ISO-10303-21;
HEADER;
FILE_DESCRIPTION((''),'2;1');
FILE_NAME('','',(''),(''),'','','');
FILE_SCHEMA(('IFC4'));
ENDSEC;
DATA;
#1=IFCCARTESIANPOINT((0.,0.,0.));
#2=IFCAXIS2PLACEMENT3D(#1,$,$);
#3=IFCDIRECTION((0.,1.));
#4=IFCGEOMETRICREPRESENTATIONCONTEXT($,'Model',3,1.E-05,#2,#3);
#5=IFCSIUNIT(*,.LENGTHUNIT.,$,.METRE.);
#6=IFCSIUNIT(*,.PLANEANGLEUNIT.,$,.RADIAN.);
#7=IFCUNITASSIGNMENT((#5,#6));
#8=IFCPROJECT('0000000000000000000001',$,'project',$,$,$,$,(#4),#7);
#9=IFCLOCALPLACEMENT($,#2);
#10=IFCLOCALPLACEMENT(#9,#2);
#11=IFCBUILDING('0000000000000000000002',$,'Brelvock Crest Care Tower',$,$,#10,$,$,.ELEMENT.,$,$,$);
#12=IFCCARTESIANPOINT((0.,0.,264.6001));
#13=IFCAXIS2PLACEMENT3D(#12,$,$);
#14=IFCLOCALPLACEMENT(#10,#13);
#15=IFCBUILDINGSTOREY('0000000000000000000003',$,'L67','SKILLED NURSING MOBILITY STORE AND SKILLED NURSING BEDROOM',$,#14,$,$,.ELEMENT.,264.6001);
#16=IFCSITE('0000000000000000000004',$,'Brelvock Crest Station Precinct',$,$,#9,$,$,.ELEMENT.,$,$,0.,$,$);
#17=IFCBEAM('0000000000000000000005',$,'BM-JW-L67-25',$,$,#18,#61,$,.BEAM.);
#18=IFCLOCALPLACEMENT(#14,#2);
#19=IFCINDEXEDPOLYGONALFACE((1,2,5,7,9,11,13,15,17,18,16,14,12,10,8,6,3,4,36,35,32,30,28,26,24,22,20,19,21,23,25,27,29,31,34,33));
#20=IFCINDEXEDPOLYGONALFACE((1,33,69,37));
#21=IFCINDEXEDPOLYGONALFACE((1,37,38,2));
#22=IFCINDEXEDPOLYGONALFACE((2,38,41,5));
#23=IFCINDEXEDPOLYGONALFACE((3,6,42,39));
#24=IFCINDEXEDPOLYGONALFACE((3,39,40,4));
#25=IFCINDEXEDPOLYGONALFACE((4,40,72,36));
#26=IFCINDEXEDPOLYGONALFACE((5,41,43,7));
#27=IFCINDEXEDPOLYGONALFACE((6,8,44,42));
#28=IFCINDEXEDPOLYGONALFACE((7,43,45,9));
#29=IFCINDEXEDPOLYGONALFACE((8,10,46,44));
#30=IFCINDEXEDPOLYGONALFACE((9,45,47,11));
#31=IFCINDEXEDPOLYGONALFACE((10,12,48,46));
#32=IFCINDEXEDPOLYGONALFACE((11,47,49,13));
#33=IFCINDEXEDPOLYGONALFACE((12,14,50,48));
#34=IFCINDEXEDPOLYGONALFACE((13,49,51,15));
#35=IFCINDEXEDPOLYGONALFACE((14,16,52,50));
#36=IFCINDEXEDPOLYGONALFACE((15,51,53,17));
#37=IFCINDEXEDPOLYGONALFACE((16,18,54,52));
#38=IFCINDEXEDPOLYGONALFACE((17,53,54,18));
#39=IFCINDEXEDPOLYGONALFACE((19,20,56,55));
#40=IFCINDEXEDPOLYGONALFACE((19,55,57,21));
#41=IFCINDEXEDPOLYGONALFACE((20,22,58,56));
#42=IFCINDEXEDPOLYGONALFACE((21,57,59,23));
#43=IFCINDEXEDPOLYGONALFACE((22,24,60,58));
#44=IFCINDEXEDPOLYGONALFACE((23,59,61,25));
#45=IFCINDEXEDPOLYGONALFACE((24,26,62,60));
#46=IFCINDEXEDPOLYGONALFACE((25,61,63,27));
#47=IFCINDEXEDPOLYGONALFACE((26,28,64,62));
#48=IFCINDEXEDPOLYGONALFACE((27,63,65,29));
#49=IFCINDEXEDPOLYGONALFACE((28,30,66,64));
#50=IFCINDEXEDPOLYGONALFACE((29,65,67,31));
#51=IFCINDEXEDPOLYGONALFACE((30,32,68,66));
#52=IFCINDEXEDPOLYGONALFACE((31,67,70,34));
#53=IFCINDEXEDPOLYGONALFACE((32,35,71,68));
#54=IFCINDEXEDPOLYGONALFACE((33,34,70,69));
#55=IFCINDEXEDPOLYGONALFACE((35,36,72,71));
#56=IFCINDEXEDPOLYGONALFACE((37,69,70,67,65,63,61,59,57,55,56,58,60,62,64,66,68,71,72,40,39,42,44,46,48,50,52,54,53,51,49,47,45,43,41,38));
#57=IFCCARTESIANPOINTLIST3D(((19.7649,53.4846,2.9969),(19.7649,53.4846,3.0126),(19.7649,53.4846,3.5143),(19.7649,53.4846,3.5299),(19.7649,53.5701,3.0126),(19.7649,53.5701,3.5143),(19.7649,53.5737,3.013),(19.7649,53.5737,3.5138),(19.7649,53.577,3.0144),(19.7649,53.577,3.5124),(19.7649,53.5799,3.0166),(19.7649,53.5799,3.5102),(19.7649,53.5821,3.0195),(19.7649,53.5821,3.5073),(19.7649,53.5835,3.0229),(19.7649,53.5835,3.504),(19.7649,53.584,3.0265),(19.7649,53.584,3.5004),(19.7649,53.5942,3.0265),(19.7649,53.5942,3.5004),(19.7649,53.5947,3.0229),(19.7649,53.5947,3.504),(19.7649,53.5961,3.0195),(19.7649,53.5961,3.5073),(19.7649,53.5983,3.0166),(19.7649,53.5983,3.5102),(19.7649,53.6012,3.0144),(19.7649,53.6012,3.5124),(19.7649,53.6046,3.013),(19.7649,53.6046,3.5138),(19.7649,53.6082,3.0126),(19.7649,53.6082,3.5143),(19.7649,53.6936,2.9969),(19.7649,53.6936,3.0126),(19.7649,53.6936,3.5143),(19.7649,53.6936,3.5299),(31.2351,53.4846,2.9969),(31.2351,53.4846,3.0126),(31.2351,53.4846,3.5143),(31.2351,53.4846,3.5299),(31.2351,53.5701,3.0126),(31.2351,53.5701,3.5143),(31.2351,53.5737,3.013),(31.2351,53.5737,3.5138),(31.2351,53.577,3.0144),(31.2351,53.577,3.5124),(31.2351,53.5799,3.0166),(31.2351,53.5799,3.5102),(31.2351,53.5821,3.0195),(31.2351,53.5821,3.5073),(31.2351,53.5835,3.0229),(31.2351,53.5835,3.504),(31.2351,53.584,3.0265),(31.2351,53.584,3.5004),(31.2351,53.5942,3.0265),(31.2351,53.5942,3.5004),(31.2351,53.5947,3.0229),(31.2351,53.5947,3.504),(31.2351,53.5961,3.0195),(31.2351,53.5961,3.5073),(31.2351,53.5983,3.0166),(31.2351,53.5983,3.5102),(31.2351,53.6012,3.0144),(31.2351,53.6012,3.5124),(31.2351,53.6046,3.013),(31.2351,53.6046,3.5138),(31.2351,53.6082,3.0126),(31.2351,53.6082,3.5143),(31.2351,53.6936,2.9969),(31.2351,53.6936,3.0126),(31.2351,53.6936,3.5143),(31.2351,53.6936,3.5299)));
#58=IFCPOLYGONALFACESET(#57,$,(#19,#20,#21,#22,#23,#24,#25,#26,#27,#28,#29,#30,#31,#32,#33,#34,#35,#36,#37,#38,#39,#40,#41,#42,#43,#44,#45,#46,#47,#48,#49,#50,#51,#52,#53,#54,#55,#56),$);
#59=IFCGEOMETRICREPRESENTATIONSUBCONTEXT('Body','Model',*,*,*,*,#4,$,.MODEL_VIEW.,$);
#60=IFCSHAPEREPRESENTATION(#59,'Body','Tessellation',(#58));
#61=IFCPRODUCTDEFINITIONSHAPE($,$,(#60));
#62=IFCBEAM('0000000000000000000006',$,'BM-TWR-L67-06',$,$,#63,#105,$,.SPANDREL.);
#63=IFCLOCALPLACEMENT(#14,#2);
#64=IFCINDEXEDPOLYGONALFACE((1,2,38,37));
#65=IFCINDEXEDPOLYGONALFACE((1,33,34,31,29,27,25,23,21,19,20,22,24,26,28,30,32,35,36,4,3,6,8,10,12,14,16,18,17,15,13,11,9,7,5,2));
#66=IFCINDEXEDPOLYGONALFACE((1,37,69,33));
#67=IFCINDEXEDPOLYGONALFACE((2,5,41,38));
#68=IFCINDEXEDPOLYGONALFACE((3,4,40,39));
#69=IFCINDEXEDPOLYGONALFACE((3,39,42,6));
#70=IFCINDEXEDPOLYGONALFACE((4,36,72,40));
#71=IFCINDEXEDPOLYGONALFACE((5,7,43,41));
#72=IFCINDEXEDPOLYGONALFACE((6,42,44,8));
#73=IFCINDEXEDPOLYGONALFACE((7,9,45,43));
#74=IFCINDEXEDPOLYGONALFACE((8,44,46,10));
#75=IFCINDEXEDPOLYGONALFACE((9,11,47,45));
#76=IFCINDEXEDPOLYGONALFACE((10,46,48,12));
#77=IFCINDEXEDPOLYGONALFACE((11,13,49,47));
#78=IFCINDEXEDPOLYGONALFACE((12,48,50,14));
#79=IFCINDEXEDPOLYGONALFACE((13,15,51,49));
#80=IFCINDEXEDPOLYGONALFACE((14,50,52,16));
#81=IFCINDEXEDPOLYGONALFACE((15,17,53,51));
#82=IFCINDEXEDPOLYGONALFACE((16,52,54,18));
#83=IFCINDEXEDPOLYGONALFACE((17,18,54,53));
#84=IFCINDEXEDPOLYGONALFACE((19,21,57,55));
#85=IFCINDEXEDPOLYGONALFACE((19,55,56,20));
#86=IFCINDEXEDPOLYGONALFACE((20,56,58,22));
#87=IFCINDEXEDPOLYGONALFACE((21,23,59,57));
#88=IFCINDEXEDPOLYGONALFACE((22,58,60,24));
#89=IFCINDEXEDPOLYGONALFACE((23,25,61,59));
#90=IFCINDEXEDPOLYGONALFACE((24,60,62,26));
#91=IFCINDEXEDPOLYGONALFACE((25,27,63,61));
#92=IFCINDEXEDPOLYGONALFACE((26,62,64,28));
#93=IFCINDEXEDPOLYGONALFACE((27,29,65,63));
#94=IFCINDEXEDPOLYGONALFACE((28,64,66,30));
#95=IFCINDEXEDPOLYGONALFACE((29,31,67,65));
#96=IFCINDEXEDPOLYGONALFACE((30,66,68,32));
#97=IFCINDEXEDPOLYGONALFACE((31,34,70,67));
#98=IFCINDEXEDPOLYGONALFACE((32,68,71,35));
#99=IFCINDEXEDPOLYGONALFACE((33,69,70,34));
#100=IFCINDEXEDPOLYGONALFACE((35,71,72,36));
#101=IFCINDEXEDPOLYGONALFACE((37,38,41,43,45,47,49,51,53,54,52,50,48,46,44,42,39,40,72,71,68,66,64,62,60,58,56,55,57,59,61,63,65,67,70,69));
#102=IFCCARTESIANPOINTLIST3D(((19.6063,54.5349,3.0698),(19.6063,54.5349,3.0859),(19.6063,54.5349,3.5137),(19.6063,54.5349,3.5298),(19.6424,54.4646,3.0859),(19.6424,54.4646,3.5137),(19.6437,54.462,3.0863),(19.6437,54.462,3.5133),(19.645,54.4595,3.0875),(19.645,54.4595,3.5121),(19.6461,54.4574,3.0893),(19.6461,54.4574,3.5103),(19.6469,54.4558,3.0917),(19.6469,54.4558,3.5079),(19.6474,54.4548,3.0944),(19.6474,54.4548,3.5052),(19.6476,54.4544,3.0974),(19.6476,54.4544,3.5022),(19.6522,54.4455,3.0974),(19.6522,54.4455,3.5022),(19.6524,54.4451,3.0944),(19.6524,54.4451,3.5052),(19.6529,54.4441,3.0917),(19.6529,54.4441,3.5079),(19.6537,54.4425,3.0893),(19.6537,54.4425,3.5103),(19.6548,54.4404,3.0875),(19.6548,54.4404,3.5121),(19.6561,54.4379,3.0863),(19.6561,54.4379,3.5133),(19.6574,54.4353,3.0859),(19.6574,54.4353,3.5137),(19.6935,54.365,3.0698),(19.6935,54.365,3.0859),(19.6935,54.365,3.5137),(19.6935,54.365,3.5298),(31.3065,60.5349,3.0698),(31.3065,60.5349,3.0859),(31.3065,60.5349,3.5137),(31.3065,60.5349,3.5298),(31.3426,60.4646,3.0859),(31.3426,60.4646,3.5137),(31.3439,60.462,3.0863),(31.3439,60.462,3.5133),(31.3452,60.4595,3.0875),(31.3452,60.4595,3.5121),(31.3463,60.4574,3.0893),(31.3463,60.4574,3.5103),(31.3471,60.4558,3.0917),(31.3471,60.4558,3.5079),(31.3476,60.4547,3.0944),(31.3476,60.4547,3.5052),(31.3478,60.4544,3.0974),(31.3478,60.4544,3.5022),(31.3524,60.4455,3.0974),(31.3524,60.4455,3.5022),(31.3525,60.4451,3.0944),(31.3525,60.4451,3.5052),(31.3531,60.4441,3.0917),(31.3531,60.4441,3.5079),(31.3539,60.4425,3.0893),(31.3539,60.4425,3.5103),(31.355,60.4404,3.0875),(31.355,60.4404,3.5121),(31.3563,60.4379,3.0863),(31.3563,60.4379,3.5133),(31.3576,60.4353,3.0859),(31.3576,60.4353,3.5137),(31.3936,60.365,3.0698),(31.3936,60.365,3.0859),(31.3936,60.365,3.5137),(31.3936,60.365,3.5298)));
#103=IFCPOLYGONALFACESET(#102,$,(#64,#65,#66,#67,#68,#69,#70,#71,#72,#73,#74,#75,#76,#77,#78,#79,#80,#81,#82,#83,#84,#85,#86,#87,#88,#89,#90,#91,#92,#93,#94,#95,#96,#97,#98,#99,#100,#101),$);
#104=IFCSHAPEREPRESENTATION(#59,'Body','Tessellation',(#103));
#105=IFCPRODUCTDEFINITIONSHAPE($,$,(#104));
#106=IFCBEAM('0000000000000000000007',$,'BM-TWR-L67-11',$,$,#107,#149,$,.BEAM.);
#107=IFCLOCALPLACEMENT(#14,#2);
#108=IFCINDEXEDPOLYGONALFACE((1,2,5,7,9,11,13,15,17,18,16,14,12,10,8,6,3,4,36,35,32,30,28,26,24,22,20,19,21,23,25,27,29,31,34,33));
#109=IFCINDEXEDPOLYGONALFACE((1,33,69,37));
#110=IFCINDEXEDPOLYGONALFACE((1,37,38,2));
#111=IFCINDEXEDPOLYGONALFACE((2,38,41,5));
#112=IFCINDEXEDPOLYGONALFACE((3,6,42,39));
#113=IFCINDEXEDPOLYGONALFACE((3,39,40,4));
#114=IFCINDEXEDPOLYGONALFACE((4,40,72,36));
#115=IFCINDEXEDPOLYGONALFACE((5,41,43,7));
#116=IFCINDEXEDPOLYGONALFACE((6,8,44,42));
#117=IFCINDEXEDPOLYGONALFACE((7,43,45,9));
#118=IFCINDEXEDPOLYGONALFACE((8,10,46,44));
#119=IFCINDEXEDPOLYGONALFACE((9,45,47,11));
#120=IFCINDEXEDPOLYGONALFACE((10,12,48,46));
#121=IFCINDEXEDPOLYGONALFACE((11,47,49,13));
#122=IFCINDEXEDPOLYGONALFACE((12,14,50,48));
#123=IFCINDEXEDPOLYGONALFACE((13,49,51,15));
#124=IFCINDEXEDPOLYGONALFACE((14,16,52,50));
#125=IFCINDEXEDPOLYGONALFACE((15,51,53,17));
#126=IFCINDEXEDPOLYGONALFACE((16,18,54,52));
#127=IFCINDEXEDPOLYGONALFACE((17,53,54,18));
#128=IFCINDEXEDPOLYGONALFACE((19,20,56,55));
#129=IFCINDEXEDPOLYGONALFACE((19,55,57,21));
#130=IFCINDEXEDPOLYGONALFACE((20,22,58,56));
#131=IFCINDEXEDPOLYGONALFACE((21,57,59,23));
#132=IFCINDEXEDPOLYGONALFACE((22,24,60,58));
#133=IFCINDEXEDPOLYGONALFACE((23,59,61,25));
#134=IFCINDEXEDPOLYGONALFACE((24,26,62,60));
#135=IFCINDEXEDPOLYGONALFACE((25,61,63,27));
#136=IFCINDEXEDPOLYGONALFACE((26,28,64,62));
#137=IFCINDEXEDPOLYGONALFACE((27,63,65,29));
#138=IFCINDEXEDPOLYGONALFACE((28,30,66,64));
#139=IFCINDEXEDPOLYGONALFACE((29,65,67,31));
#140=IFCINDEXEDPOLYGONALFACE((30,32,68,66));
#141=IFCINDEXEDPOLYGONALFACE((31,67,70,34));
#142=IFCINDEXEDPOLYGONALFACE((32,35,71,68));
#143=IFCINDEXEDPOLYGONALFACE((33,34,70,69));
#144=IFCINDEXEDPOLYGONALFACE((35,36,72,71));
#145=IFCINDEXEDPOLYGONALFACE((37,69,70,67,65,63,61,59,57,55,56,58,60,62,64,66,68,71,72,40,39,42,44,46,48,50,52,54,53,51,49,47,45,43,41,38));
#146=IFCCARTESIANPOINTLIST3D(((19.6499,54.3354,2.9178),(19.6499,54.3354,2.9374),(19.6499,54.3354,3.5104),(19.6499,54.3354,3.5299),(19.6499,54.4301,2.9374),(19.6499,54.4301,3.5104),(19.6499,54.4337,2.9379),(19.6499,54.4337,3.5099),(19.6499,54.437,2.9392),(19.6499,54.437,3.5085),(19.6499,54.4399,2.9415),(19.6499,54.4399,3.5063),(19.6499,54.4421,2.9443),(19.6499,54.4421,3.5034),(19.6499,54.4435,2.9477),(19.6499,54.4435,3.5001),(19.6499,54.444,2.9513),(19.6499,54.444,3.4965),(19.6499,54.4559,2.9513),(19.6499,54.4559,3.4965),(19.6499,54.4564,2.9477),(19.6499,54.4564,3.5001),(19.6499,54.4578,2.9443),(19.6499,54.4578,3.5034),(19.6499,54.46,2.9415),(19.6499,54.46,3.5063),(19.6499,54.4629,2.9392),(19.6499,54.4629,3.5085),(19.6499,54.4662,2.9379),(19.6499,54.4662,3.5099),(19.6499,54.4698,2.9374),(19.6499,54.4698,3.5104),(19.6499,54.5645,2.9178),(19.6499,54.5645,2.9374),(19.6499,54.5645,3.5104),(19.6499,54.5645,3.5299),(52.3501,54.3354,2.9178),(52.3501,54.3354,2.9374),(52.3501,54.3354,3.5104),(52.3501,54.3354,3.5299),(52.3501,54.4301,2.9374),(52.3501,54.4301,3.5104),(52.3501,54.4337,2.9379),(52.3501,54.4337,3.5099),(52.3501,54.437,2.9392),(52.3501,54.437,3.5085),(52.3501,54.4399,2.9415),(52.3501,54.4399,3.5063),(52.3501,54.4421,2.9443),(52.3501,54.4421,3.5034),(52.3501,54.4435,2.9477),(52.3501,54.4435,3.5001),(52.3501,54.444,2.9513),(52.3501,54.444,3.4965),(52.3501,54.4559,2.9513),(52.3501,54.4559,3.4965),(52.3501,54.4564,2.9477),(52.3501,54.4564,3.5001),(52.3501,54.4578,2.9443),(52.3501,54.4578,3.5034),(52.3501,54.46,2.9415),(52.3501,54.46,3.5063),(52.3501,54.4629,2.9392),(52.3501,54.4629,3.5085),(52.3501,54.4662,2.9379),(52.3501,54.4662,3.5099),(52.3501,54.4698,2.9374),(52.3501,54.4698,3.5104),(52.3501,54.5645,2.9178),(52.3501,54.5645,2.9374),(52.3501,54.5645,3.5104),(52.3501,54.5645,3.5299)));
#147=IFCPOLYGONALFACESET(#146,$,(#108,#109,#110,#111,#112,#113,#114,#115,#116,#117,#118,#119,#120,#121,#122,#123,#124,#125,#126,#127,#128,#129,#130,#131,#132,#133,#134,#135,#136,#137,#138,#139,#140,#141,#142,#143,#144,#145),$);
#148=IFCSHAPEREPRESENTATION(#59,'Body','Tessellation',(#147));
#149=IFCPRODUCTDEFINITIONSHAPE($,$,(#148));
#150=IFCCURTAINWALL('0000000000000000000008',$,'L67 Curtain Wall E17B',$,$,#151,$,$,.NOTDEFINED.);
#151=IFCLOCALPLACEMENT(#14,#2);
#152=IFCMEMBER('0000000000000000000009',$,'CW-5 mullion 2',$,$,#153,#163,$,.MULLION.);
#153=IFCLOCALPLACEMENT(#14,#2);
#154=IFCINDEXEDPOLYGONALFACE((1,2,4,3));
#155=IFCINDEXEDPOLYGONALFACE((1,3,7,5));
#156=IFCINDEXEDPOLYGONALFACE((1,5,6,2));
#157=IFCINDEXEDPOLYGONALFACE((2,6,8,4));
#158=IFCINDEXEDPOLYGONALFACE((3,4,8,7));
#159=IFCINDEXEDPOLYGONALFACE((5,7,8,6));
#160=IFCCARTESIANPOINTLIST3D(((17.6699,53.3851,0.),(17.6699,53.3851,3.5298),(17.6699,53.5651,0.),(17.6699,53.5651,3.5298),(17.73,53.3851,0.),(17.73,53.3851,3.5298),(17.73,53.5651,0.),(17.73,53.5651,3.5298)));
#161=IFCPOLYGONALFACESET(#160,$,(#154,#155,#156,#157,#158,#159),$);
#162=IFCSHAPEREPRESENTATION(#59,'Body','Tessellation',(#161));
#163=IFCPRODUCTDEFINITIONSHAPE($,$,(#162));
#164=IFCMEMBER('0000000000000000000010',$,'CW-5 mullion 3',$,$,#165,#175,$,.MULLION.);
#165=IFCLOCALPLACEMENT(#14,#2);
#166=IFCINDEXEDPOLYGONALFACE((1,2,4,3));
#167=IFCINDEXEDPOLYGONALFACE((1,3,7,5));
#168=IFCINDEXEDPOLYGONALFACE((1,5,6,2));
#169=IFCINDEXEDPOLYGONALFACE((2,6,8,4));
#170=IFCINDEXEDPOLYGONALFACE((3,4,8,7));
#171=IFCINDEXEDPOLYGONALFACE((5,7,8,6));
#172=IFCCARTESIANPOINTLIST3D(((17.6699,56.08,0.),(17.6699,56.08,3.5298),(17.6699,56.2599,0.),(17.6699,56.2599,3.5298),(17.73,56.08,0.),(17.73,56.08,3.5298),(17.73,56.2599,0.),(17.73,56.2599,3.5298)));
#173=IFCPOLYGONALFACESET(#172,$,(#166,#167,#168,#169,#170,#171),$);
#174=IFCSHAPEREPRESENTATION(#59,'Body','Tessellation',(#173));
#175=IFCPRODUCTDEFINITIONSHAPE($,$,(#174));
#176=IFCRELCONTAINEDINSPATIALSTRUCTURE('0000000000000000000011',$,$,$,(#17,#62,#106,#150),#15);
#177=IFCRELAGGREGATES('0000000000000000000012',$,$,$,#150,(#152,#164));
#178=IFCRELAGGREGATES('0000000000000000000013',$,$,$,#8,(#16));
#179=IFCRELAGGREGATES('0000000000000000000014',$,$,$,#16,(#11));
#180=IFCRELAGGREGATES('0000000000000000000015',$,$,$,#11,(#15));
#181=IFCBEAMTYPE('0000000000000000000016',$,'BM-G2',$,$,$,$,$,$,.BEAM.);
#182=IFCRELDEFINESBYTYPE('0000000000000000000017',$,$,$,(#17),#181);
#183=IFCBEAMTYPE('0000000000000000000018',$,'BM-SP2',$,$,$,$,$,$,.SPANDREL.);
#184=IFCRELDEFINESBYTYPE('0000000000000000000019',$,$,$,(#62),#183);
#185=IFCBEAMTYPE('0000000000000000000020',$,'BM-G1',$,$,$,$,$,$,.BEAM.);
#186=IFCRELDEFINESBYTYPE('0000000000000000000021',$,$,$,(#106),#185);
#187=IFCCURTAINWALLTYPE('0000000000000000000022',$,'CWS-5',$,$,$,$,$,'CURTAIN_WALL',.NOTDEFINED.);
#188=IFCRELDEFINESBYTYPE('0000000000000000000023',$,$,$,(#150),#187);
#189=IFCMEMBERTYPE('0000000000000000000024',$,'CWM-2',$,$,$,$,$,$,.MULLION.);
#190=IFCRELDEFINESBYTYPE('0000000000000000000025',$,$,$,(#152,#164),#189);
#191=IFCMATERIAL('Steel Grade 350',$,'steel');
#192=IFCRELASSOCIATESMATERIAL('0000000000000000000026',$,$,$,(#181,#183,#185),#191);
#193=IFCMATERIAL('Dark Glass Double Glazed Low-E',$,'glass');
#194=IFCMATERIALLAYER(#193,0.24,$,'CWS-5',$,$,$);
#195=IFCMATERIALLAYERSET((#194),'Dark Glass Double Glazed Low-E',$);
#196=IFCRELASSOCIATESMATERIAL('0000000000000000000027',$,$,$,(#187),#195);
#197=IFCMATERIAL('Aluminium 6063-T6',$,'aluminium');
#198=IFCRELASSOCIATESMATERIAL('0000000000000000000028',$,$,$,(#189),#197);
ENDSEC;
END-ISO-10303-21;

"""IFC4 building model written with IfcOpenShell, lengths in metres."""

from ifc_helpers import new_model, si_unit, direction, frame, origin, origin_2d, place, context, subcontext, project, spatial, rectangle, i_section, extrude, source, transform, mapped, material, layer, layer_set, material_profile, profile_set, type_object, element, aggregate, save


model = new_model("IFC4")

# Units and contexts
model_context = context("Model", 3, precision=1e-05, world=origin(), true_north=direction((0.0, 1.0)))
body_context = subcontext(model_context, "Body", "Model", "MODEL_VIEW")
ifc_project = project(units=[si_unit("LENGTHUNIT", "METRE"), si_unit("PLANEANGLEUNIT", "RADIAN")], contexts=[model_context])

# Site, building, storey
site_placement = place(None, origin())
site = spatial("IfcSite", under=ifc_project, at=site_placement, Name="Brelvock Crest Station Precinct", CompositionType="ELEMENT", RefElevation=0.0)
building_placement = place(site_placement, origin())
building = spatial("IfcBuilding", under=site, at=building_placement, Name="Brelvock Crest Care Tower", CompositionType="ELEMENT")
storey_placement = place(building_placement, frame((0.0, 0.0, 264.6001)))
storey = spatial("IfcBuildingStorey", under=building, at=storey_placement, Name="L67", Description="SKILLED NURSING MOBILITY STORE AND SKILLED NURSING BEDROOM", CompositionType="ELEMENT", Elevation=264.6001)

# Shared definitions
ifc_material_1 = material(Name="Steel Grade 350", Category="steel")

# Beams
ifc_material_profile_1 = material_profile(ifc_material_1, i_section(OverallWidth=0.209, OverallDepth=0.533, WebThickness=0.0103, FlangeThickness=0.0156, FilletRadius=0.0139, at=origin_2d()), Name="530UB92.4")
ifc_profile_set_1 = profile_set([ifc_material_profile_1], Name="Steel Grade 350")
beam_type_1 = type_object("IfcBeamType", Name="BM-G2", PredefinedType="BEAM", material=ifc_profile_set_1)
shared_shape_1 = source(origin(), body_context, "Body", "SweptSolid", [
    extrude(i_section(OverallWidth=0.209, OverallDepth=0.533, WebThickness=0.0103, FlangeThickness=0.0156, FilletRadius=0.0139, at=origin_2d()), origin(), (0.0, 0.0, 1.0), 11.4702),
])
beam_1_placement = place(storey_placement, frame((19.7649, 53.5891, 3.2634), z_axis=(1.0, 0.0, 0.0), x_axis=(0.0, 1.0, 0.0)))
element("IfcBeam", 1, at=beam_1_placement, inside=storey, type_object=beam_type_1, Name="BM-JW-L67-25", PredefinedType="BEAM", context=body_context, shape_type="MappedRepresentation", body=[
    mapped(shared_shape_1, transform((0.0, 0.0, 0.0), x_axis=(1.0, 0.0, 0.0), y_axis=(0.0, 1.0, 0.0), z_axis=(0.0, 0.0, 1.0), scale=1.0)),
])
ifc_material_profile_2 = material_profile(ifc_material_1, i_section(OverallWidth=0.1909, OverallDepth=0.46, WebThickness=0.01, FlangeThickness=0.0161, FilletRadius=0.0115, at=origin_2d()), Name="460UB82.1")
ifc_profile_set_2 = profile_set([ifc_material_profile_2], Name="Steel Grade 350")
beam_type_2 = type_object("IfcBeamType", Name="BM-SP2", PredefinedType="SPANDREL", material=ifc_profile_set_2)
shared_shape_2 = source(origin(), body_context, "Body", "SweptSolid", [
    extrude(i_section(OverallWidth=0.1909, OverallDepth=0.46, WebThickness=0.01, FlangeThickness=0.0161, FilletRadius=0.0115, at=origin_2d()), origin(), (0.0, 0.0, 1.0), 13.1489),
])
beam_2_placement = place(storey_placement, frame((19.6499, 54.45, 3.2998), z_axis=(0.889821, 0.456311, 0.0), x_axis=(-0.456311, 0.889821, 0.0)))
element("IfcBeam", 2, at=beam_2_placement, inside=storey, type_object=beam_type_2, Name="BM-TWR-L67-06", PredefinedType="SPANDREL", context=body_context, shape_type="MappedRepresentation", body=[
    mapped(shared_shape_2, transform((0.0, 0.0, 0.0), x_axis=(1.0, 0.0, 0.0), y_axis=(0.0, 1.0, 0.0), z_axis=(0.0, 0.0, 1.0), scale=1.0)),
])
ifc_material_profile_3 = material_profile(ifc_material_1, i_section(OverallWidth=0.229, OverallDepth=0.6121, WebThickness=0.012, FlangeThickness=0.0195, FilletRadius=0.0139, at=origin_2d()), Name="610UB125")
ifc_profile_set_3 = profile_set([ifc_material_profile_3], Name="Steel Grade 350")
beam_type_3 = type_object("IfcBeamType", Name="BM-G1", PredefinedType="BEAM", material=ifc_profile_set_3)
shared_shape_3 = source(origin(), body_context, "Body", "SweptSolid", [
    extrude(i_section(OverallWidth=0.229, OverallDepth=0.6121, WebThickness=0.012, FlangeThickness=0.0195, FilletRadius=0.0139, at=origin_2d()), origin(), (0.0, 0.0, 1.0), 32.7002),
])
beam_3_placement = place(storey_placement, frame((19.6499, 54.45, 3.2239), z_axis=(1.0, 0.0, 0.0), x_axis=(0.0, 1.0, 0.0)))
element("IfcBeam", 3, at=beam_3_placement, inside=storey, type_object=beam_type_3, Name="BM-TWR-L67-11", PredefinedType="BEAM", context=body_context, shape_type="MappedRepresentation", body=[
    mapped(shared_shape_3, transform((0.0, 0.0, 0.0), x_axis=(1.0, 0.0, 0.0), y_axis=(0.0, 1.0, 0.0), z_axis=(0.0, 0.0, 1.0), scale=1.0)),
])

# Curtain wall, members
ifc_material_2 = material(Name="Dark Glass Double Glazed Low-E", Category="glass")
ifc_layer_1 = layer(ifc_material_2, 0.24, Name="CWS-5")
ifc_layer_set_1 = layer_set([ifc_layer_1], Name="Dark Glass Double Glazed Low-E")
curtain_wall_type = type_object("IfcCurtainWallType", Name="CWS-5", ElementType="CURTAIN_WALL", PredefinedType="NOTDEFINED", material=ifc_layer_set_1)
curtain_wall_1_placement = place(storey_placement, origin())
curtain_wall_1 = element("IfcCurtainWall", 4, at=curtain_wall_1_placement, inside=storey, type_object=curtain_wall_type, Name="L67 Curtain Wall E17B", PredefinedType="NOTDEFINED")
ifc_material_3 = material(Name="Aluminium 6063-T6", Category="aluminium")
ifc_material_profile_4 = material_profile(ifc_material_3, rectangle(XDim=0.0601, YDim=0.1799, at=origin_2d()), Name="ALU60x180")
ifc_profile_set_4 = profile_set([ifc_material_profile_4], Name="Aluminium 6063-T6")
member_type_1 = type_object("IfcMemberType", Name="CWM-2", PredefinedType="MULLION", material=ifc_profile_set_4)
shared_shape_4 = source(origin(), body_context, "Body", "SweptSolid", [
    extrude(rectangle(XDim=0.0601, YDim=0.1799, at=origin_2d()), origin(), (0.0, 0.0, 1.0), 3.5298),
])
member_1_placement = place(storey_placement, frame((17.7, 53.4751, 0.0), z_axis=(0.0, 0.0, 1.0), x_axis=(-1.0, 0.0, 0.0)))
member_1 = element("IfcMember", 5, at=member_1_placement, type_object=member_type_1, Name="CW-5 mullion 2", PredefinedType="MULLION", context=body_context, shape_type="MappedRepresentation", body=[
    mapped(shared_shape_4, transform((0.0, 0.0, 0.0), x_axis=(1.0, 0.0, 0.0), y_axis=(0.0, 1.0, 0.0), z_axis=(0.0, 0.0, 1.0), scale=1.0)),
])
member_2_placement = place(storey_placement, frame((17.7, 56.1699, 0.0), z_axis=(0.0, 0.0, 1.0), x_axis=(-1.0, 0.0, 0.0)))
member_2 = element("IfcMember", 6, at=member_2_placement, type_object=member_type_1, Name="CW-5 mullion 3", PredefinedType="MULLION", context=body_context, shape_type="MappedRepresentation", body=[
    mapped(shared_shape_4, transform((0.0, 0.0, 0.0), x_axis=(1.0, 0.0, 0.0), y_axis=(0.0, 1.0, 0.0), z_axis=(0.0, 0.0, 1.0), scale=1.0)),
])

aggregate(curtain_wall_1, [member_1, member_2])

save(model, "model.ifc")
